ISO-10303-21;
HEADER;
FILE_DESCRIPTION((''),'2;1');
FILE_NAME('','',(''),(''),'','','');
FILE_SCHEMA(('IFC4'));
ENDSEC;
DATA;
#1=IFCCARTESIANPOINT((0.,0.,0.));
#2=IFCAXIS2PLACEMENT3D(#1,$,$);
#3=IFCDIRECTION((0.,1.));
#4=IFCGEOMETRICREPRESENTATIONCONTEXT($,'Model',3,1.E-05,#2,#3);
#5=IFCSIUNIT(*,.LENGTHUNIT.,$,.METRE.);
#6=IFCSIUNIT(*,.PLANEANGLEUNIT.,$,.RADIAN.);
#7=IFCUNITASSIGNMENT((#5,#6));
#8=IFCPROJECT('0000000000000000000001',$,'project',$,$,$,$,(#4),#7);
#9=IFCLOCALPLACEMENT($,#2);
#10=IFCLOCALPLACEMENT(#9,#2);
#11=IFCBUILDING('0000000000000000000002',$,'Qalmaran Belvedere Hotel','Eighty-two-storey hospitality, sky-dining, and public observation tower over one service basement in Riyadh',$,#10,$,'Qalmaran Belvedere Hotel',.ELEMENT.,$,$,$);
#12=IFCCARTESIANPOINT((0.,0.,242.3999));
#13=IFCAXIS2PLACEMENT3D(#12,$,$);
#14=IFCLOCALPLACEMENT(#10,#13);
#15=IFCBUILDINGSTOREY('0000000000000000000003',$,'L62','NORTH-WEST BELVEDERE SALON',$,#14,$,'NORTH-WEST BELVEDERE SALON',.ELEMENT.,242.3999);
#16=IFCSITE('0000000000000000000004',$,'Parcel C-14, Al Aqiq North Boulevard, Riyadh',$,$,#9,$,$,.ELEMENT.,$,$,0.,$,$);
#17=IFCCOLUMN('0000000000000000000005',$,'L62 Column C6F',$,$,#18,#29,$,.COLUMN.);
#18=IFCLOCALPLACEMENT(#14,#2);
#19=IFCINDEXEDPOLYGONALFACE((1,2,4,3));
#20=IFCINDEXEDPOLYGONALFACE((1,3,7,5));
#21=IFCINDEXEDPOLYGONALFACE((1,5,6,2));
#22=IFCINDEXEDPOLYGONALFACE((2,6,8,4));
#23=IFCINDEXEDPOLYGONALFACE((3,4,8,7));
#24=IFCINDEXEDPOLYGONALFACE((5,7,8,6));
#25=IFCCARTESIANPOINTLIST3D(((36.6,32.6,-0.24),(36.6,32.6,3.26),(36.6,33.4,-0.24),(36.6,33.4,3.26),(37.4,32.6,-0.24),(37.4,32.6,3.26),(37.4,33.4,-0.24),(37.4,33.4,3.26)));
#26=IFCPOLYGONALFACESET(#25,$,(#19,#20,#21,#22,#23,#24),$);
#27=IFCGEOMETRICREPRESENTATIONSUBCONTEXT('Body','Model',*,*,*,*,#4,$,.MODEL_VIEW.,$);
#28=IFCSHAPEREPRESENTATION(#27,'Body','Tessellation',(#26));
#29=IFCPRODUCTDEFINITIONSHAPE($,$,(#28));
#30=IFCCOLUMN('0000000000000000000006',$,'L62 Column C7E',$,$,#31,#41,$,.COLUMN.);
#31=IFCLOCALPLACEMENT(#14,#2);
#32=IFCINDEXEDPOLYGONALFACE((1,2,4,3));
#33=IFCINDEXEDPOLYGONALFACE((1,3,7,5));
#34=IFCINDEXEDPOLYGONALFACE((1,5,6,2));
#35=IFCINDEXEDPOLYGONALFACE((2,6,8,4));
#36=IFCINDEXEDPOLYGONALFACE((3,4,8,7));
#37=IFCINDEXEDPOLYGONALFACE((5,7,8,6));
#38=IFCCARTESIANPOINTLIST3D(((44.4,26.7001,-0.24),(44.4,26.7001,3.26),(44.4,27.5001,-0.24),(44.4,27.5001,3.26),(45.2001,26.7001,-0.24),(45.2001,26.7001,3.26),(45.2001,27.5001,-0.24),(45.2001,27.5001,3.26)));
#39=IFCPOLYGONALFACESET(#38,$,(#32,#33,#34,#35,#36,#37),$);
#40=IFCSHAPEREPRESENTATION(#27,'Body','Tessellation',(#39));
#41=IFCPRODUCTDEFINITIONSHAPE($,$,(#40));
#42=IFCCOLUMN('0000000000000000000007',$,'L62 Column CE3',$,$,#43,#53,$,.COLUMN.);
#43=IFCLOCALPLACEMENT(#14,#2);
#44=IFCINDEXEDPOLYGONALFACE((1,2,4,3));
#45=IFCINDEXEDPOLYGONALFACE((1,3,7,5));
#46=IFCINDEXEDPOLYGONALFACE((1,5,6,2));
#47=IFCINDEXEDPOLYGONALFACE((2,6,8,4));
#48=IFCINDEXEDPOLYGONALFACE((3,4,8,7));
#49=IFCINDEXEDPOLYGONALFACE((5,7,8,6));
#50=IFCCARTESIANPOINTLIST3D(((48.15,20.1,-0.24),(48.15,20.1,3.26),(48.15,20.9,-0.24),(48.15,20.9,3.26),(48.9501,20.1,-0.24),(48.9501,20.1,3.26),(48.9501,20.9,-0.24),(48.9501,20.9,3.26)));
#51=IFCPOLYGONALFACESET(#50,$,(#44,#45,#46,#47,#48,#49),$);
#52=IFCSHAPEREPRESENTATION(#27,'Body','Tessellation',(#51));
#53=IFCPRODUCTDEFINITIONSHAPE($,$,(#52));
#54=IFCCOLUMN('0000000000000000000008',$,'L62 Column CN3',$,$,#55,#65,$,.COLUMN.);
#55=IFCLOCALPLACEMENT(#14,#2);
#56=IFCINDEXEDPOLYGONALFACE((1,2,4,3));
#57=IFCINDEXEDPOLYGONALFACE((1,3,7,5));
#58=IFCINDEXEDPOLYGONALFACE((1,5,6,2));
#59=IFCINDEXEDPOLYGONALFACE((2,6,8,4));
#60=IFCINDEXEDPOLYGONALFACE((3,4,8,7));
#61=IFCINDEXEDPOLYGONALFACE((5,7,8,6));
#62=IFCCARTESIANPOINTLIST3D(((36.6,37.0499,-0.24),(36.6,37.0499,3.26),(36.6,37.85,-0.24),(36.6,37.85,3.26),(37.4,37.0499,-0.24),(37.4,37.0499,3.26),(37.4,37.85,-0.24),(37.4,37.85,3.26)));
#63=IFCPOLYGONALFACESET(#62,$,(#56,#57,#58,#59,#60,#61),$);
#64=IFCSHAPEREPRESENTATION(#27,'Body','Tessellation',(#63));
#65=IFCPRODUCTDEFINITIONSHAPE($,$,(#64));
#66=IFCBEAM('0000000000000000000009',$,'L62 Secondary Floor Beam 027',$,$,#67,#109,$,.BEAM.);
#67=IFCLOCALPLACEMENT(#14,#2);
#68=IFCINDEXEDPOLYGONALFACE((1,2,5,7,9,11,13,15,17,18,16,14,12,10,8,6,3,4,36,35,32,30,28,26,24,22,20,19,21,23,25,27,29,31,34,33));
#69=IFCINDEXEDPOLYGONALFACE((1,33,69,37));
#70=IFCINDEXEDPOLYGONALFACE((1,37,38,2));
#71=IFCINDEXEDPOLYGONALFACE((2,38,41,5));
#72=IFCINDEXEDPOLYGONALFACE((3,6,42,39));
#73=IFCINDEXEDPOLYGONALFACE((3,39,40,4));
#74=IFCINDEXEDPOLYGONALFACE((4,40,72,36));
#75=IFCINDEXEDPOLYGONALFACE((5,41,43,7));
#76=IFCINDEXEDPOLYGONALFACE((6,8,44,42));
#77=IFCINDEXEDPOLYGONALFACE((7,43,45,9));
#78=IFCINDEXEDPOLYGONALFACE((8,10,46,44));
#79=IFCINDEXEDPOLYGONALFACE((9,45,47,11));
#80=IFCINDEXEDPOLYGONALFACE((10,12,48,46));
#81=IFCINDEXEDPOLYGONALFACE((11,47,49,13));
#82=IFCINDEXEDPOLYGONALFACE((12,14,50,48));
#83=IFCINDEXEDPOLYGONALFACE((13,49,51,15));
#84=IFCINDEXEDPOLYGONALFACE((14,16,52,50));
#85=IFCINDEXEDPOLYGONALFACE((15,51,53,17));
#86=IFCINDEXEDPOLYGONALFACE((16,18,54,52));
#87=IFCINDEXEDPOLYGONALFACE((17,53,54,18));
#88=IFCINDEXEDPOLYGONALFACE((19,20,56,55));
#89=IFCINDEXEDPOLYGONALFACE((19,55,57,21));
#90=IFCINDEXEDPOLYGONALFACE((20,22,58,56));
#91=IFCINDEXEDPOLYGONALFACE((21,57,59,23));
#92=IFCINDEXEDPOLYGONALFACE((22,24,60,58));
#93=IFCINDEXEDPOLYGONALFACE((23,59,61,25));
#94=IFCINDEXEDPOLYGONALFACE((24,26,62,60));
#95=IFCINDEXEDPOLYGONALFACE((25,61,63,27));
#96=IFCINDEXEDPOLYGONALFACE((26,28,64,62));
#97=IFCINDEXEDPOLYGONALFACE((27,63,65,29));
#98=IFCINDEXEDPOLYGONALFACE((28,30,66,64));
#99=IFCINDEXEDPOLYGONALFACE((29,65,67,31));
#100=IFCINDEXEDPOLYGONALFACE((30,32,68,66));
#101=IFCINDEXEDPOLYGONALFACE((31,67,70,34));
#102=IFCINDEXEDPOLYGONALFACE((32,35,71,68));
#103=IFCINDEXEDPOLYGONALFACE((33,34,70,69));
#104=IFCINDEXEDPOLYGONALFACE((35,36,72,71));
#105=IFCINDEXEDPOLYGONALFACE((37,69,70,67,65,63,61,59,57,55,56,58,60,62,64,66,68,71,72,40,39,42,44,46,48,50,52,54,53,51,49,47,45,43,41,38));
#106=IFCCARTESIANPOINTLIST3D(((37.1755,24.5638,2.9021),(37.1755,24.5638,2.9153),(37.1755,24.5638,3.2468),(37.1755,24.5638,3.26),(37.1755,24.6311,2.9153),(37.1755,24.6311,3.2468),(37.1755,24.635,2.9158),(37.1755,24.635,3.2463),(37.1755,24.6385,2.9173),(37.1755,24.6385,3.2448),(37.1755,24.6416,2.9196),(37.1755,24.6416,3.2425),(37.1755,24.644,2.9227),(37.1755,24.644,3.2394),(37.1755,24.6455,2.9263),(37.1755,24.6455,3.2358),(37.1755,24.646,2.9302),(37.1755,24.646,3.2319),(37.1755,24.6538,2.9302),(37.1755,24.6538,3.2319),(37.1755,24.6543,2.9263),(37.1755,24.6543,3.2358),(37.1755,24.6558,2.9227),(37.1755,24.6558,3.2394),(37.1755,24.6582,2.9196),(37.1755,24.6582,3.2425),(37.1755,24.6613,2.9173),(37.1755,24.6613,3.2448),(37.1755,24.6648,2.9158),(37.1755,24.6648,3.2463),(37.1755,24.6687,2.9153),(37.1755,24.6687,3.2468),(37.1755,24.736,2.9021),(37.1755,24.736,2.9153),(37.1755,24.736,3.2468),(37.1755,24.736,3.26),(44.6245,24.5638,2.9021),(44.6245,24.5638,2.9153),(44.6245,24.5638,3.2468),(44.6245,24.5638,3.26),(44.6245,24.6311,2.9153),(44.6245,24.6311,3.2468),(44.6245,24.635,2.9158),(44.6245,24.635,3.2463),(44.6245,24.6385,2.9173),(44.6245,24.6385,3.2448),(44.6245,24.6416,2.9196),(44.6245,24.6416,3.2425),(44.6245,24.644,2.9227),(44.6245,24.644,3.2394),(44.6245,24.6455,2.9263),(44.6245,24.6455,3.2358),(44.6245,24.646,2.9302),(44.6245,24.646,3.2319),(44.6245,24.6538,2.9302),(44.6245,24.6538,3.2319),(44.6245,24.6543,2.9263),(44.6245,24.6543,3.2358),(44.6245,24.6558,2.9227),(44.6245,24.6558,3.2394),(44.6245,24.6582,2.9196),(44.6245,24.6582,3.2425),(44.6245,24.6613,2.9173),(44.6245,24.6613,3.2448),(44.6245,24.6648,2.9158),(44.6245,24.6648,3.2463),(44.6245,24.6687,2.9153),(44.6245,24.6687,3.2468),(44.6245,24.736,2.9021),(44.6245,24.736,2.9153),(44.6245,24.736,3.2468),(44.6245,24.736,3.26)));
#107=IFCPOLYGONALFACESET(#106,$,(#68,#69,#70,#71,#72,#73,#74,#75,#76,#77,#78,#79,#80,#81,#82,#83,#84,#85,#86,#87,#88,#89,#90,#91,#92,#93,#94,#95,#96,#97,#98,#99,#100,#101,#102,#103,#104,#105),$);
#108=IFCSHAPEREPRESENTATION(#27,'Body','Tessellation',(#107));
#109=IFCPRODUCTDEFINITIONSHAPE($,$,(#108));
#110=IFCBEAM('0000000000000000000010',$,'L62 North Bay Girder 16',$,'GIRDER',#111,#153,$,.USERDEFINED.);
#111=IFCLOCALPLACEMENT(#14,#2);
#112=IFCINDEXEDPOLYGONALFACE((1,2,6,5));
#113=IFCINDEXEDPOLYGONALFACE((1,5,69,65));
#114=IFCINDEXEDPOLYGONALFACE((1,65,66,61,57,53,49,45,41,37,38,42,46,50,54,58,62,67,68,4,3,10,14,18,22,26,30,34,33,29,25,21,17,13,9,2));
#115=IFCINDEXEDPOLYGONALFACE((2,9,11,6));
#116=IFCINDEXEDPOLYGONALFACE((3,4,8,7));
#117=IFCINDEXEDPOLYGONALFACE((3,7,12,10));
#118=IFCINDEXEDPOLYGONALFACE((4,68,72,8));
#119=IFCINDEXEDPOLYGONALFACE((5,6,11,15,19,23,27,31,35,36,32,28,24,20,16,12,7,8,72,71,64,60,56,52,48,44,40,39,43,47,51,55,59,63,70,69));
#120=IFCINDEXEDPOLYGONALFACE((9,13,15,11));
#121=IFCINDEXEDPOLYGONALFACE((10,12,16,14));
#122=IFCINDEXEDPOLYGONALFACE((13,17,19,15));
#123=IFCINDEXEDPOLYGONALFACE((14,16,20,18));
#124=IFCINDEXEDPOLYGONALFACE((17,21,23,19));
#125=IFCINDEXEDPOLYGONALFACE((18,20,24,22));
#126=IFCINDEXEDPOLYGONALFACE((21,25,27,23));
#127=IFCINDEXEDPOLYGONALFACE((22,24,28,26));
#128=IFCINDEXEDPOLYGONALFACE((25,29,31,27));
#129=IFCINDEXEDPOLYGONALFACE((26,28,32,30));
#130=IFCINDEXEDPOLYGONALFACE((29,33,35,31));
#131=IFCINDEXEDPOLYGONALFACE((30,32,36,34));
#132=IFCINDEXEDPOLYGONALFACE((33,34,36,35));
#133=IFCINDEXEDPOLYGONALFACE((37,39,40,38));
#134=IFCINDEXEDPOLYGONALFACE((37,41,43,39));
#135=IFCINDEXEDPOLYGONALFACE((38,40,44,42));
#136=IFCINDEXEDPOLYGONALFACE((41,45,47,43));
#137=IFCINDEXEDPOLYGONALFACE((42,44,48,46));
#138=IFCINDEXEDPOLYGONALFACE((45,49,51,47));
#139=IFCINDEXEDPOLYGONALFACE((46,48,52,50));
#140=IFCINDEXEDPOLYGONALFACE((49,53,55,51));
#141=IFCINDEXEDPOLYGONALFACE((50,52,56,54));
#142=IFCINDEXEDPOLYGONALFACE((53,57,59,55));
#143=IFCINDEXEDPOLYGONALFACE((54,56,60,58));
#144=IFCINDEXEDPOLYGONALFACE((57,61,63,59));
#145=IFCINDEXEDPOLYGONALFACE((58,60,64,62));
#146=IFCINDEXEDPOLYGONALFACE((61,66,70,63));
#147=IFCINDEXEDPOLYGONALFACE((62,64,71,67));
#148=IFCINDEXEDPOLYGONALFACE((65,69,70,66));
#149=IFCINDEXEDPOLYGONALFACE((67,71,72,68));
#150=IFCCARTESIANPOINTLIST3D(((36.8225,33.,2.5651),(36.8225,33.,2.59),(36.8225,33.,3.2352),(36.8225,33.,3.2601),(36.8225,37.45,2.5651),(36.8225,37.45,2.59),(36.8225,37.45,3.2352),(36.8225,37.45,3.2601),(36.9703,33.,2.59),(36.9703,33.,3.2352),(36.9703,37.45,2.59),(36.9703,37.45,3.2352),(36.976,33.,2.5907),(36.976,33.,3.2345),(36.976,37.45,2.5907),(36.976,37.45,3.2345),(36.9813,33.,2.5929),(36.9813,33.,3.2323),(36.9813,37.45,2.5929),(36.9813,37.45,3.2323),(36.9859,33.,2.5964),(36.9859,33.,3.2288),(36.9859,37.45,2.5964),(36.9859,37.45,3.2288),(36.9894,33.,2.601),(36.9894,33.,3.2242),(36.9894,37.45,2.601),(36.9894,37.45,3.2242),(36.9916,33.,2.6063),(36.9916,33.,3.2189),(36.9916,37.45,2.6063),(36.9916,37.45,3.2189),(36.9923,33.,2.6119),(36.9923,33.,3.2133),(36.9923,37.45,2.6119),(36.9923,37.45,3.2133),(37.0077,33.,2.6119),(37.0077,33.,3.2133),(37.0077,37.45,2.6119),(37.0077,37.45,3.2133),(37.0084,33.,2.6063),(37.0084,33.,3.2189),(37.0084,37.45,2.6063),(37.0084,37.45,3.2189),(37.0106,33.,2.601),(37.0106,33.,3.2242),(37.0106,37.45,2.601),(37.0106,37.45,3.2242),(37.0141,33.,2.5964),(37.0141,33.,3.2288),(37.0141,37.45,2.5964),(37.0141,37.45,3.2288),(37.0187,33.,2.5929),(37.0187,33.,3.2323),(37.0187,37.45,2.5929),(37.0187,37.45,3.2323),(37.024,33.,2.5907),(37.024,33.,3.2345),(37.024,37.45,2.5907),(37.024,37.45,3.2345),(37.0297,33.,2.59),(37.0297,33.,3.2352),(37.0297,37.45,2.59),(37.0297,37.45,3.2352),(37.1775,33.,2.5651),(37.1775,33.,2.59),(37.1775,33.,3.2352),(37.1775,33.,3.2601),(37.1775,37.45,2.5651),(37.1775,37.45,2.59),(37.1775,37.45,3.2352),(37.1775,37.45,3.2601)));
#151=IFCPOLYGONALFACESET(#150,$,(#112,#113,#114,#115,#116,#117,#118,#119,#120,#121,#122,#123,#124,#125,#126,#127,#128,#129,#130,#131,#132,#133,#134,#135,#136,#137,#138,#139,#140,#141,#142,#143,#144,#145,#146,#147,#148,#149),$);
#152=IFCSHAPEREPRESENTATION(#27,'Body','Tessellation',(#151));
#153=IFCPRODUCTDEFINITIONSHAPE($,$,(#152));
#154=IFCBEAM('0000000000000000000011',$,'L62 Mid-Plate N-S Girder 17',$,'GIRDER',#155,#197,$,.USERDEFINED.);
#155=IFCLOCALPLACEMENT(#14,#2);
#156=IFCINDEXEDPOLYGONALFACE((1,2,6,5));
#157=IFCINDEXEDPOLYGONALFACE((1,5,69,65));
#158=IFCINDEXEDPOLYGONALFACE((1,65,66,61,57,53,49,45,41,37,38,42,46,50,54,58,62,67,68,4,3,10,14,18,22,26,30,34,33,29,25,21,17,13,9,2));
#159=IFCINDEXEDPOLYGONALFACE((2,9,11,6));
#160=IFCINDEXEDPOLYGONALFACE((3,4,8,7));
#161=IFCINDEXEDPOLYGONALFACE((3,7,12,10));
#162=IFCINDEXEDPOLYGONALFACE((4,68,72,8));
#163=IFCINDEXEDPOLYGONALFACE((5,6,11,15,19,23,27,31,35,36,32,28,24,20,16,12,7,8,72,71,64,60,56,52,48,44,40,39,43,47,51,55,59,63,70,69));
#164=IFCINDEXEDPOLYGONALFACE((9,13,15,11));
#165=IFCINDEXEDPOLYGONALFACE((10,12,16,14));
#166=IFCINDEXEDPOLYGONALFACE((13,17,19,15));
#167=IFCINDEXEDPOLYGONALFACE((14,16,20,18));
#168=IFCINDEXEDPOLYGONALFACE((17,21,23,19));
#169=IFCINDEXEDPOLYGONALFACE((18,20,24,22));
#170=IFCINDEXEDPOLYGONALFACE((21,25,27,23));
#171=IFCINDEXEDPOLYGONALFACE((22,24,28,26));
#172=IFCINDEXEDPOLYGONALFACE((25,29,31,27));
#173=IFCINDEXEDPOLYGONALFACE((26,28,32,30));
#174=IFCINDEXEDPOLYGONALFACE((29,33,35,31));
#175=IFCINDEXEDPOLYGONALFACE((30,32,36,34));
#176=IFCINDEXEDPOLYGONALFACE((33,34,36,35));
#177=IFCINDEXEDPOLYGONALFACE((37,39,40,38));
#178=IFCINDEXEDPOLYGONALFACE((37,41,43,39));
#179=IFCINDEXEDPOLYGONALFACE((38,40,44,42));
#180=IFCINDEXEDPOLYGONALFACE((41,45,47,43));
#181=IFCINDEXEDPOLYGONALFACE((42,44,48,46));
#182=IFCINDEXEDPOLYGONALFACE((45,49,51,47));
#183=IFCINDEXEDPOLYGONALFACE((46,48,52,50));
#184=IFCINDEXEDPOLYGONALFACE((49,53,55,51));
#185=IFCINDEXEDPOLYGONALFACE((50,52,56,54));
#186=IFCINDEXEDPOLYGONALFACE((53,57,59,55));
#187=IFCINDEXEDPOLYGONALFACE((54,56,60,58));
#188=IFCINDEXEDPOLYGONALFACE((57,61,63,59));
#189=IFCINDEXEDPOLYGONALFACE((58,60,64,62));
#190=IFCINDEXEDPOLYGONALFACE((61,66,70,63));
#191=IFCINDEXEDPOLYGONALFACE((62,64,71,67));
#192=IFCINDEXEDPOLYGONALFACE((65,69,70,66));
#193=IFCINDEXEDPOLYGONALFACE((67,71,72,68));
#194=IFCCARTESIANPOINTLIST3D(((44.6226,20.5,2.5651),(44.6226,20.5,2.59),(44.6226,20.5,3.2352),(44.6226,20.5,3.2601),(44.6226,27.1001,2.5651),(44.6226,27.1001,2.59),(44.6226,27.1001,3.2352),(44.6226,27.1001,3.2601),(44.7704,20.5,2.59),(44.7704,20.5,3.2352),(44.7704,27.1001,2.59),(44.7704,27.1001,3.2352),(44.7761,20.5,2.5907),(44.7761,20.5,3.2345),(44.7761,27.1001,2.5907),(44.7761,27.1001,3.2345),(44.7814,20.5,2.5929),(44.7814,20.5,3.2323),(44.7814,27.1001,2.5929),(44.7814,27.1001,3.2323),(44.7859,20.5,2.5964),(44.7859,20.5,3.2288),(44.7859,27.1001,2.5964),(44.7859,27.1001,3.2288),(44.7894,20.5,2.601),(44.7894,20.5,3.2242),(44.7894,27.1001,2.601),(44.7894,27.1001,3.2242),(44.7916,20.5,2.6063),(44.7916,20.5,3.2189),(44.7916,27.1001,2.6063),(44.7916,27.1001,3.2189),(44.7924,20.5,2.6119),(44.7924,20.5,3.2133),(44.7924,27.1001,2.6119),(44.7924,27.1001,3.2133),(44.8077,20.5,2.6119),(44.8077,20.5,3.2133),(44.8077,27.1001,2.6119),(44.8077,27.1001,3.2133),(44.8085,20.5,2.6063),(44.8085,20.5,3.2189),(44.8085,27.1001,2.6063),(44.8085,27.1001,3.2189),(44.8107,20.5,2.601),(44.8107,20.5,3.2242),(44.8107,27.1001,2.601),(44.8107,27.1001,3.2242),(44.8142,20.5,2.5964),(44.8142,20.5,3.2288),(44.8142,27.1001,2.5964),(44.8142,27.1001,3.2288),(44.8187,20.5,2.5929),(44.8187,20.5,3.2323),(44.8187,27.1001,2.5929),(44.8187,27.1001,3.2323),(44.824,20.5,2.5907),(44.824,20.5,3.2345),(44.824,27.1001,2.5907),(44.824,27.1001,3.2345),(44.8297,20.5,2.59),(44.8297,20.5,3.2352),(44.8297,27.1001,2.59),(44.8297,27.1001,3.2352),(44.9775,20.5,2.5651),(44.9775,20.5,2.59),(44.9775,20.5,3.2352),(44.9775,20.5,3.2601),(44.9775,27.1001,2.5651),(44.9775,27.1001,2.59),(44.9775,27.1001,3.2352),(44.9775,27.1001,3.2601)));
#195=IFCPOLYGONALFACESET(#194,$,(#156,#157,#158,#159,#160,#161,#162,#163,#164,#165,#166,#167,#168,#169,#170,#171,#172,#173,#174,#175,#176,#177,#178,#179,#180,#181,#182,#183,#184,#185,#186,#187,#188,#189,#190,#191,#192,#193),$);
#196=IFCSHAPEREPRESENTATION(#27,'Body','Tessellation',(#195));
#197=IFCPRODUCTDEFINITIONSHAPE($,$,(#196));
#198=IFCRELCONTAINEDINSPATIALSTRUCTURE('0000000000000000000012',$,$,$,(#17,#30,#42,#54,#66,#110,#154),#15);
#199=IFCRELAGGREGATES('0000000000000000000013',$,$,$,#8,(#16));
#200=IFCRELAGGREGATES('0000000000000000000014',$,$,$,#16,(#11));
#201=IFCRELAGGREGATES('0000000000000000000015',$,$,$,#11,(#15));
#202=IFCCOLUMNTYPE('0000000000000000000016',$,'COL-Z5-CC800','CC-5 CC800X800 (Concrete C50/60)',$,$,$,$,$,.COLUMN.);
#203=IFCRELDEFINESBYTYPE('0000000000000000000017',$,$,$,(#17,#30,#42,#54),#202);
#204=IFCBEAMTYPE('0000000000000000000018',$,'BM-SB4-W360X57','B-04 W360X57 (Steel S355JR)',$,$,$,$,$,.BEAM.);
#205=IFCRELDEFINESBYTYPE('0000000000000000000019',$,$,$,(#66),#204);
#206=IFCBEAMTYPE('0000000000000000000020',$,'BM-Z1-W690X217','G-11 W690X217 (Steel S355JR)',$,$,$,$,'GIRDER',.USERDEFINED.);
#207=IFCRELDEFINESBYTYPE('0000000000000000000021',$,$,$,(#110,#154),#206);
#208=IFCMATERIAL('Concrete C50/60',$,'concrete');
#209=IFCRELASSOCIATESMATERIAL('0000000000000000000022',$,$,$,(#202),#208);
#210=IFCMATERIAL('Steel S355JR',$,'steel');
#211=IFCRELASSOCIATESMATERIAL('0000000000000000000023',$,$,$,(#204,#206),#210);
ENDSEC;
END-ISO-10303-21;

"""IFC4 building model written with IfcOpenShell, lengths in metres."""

from ifc_helpers import new_model, si_unit, direction, frame, origin, origin_2d, place, context, subcontext, project, spatial, rectangle, i_section, extrude, material, material_profile, profile_set, type_object, element, save


model = new_model("IFC4")

# Units and contexts
model_context = context("Model", 3, precision=1e-05, world=origin(), true_north=direction((0.0, 1.0)))
body_context = subcontext(model_context, "Body", "Model", "MODEL_VIEW")
ifc_project = project(units=[si_unit("LENGTHUNIT", "METRE"), si_unit("PLANEANGLEUNIT", "RADIAN")], contexts=[model_context])

# Site, building, storey
site_placement = place(None, origin())
site = spatial("IfcSite", under=ifc_project, at=site_placement, Name="Parcel C-14, Al Aqiq North Boulevard, Riyadh", CompositionType="ELEMENT", RefElevation=0.0)
building_placement = place(site_placement, origin())
building = spatial("IfcBuilding", under=site, at=building_placement, Name="Qalmaran Belvedere Hotel", Description="Eighty-two-storey hospitality, sky-dining, and public observation tower over one service basement in Riyadh", LongName="Qalmaran Belvedere Hotel", CompositionType="ELEMENT")
storey_placement = place(building_placement, frame((0.0, 0.0, 242.3999)))
storey = spatial("IfcBuildingStorey", under=building, at=storey_placement, Name="L62", Description="NORTH-WEST BELVEDERE SALON", LongName="NORTH-WEST BELVEDERE SALON", CompositionType="ELEMENT", Elevation=242.3999)

# Columns
ifc_material_1 = material(Name="Concrete C50/60", Category="concrete")
ifc_material_profile_1 = material_profile(ifc_material_1, rectangle(XDim=0.8, YDim=0.8, at=origin_2d()), Name="CC800X800")
ifc_profile_set_1 = profile_set([ifc_material_profile_1], Name="Concrete C50/60")
column_type = type_object("IfcColumnType", Name="COL-Z5-CC800", Description="CC-5 CC800X800 (Concrete C50/60)", PredefinedType="COLUMN", material=ifc_profile_set_1)
for number, where, z_axis, x_axis, name in (
    (1, (37.0, 33.0, -0.24), (0.0, 0.0, 1.0), (1.0, 0.0, 0.0), "L62 Column C6F"),
    (2, (44.8, 27.1001, -0.24), (0.0, 0.0, 1.0), (1.0, 0.0, 0.0), "L62 Column C7E"),
    (3, (48.55, 20.5, -0.24), (0.0, 0.0, 1.0), (1.0, 0.0, 0.0), "L62 Column CE3"),
    (4, (37.0, 37.45, -0.24), (0.0, 0.0, 1.0), (1.0, 0.0, 0.0), "L62 Column CN3"),
):
    element("IfcColumn", number, at=place(storey_placement, frame(where, z_axis=z_axis, x_axis=x_axis)), inside=storey, type_object=column_type, Name=name, PredefinedType="COLUMN", context=body_context, shape_type="SweptSolid", body=[
        extrude(rectangle(XDim=0.8, YDim=0.8, at=origin_2d()), origin(), (0.0, 0.0, 1.0), 3.5),
    ])

# Beams
ifc_material_2 = material(Name="Steel S355JR", Category="steel")
ifc_material_profile_2 = material_profile(ifc_material_2, i_section(OverallWidth=0.1721, OverallDepth=0.3579, WebThickness=0.0078, FlangeThickness=0.0132, FilletRadius=0.0149, at=origin_2d()), Name="W360X57")
ifc_profile_set_2 = profile_set([ifc_material_profile_2], Name="Steel S355JR")
beam_type_1 = type_object("IfcBeamType", Name="BM-SB4-W360X57", Description="B-04 W360X57 (Steel S355JR)", PredefinedType="BEAM", material=ifc_profile_set_2)
beam_1_placement = place(storey_placement, frame((37.1755, 24.6499, 3.0811), z_axis=(1.0, 0.0, 0.0), x_axis=(0.0, 1.0, 0.0)))
element("IfcBeam", 5, at=beam_1_placement, inside=storey, type_object=beam_type_1, Name="L62 Secondary Floor Beam 027", PredefinedType="BEAM", context=body_context, shape_type="SweptSolid", body=[
    extrude(i_section(OverallWidth=0.1721, OverallDepth=0.3579, WebThickness=0.0078, FlangeThickness=0.0132, FilletRadius=0.0149, at=origin_2d()), origin(), (0.0, 0.0, 1.0), 7.449),
])
ifc_material_profile_3 = material_profile(ifc_material_2, i_section(OverallWidth=0.355, OverallDepth=0.6951, WebThickness=0.0154, FlangeThickness=0.0249, FilletRadius=0.022, at=origin_2d()), Name="W690X217")
ifc_profile_set_3 = profile_set([ifc_material_profile_3], Name="Steel S355JR")
beam_type_2 = type_object("IfcBeamType", Name="BM-Z1-W690X217", Description="G-11 W690X217 (Steel S355JR)", ElementType="GIRDER", PredefinedType="USERDEFINED", material=ifc_profile_set_3)
beam_2_placement = place(storey_placement, frame((37.0, 33.0, 2.9126), z_axis=(0.0, 1.0, 0.0), x_axis=(-1.0, 0.0, 0.0)))
element("IfcBeam", 6, at=beam_2_placement, inside=storey, type_object=beam_type_2, Name="L62 North Bay Girder 16", ObjectType="GIRDER", PredefinedType="USERDEFINED", context=body_context, shape_type="SweptSolid", body=[
    extrude(i_section(OverallWidth=0.355, OverallDepth=0.6951, WebThickness=0.0154, FlangeThickness=0.0249, FilletRadius=0.022, at=origin_2d()), origin(), (0.0, 0.0, 1.0), 4.45),
])
beam_3_placement = place(storey_placement, frame((44.8, 20.5, 2.9126), z_axis=(0.0, 1.0, 0.0), x_axis=(-1.0, 0.0, 0.0)))
element("IfcBeam", 7, at=beam_3_placement, inside=storey, type_object=beam_type_2, Name="L62 Mid-Plate N-S Girder 17", ObjectType="GIRDER", PredefinedType="USERDEFINED", context=body_context, shape_type="SweptSolid", body=[
    extrude(i_section(OverallWidth=0.355, OverallDepth=0.6951, WebThickness=0.0154, FlangeThickness=0.0249, FilletRadius=0.022, at=origin_2d()), origin(), (0.0, 0.0, 1.0), 6.6001),
])

save(model, "model.ifc")
